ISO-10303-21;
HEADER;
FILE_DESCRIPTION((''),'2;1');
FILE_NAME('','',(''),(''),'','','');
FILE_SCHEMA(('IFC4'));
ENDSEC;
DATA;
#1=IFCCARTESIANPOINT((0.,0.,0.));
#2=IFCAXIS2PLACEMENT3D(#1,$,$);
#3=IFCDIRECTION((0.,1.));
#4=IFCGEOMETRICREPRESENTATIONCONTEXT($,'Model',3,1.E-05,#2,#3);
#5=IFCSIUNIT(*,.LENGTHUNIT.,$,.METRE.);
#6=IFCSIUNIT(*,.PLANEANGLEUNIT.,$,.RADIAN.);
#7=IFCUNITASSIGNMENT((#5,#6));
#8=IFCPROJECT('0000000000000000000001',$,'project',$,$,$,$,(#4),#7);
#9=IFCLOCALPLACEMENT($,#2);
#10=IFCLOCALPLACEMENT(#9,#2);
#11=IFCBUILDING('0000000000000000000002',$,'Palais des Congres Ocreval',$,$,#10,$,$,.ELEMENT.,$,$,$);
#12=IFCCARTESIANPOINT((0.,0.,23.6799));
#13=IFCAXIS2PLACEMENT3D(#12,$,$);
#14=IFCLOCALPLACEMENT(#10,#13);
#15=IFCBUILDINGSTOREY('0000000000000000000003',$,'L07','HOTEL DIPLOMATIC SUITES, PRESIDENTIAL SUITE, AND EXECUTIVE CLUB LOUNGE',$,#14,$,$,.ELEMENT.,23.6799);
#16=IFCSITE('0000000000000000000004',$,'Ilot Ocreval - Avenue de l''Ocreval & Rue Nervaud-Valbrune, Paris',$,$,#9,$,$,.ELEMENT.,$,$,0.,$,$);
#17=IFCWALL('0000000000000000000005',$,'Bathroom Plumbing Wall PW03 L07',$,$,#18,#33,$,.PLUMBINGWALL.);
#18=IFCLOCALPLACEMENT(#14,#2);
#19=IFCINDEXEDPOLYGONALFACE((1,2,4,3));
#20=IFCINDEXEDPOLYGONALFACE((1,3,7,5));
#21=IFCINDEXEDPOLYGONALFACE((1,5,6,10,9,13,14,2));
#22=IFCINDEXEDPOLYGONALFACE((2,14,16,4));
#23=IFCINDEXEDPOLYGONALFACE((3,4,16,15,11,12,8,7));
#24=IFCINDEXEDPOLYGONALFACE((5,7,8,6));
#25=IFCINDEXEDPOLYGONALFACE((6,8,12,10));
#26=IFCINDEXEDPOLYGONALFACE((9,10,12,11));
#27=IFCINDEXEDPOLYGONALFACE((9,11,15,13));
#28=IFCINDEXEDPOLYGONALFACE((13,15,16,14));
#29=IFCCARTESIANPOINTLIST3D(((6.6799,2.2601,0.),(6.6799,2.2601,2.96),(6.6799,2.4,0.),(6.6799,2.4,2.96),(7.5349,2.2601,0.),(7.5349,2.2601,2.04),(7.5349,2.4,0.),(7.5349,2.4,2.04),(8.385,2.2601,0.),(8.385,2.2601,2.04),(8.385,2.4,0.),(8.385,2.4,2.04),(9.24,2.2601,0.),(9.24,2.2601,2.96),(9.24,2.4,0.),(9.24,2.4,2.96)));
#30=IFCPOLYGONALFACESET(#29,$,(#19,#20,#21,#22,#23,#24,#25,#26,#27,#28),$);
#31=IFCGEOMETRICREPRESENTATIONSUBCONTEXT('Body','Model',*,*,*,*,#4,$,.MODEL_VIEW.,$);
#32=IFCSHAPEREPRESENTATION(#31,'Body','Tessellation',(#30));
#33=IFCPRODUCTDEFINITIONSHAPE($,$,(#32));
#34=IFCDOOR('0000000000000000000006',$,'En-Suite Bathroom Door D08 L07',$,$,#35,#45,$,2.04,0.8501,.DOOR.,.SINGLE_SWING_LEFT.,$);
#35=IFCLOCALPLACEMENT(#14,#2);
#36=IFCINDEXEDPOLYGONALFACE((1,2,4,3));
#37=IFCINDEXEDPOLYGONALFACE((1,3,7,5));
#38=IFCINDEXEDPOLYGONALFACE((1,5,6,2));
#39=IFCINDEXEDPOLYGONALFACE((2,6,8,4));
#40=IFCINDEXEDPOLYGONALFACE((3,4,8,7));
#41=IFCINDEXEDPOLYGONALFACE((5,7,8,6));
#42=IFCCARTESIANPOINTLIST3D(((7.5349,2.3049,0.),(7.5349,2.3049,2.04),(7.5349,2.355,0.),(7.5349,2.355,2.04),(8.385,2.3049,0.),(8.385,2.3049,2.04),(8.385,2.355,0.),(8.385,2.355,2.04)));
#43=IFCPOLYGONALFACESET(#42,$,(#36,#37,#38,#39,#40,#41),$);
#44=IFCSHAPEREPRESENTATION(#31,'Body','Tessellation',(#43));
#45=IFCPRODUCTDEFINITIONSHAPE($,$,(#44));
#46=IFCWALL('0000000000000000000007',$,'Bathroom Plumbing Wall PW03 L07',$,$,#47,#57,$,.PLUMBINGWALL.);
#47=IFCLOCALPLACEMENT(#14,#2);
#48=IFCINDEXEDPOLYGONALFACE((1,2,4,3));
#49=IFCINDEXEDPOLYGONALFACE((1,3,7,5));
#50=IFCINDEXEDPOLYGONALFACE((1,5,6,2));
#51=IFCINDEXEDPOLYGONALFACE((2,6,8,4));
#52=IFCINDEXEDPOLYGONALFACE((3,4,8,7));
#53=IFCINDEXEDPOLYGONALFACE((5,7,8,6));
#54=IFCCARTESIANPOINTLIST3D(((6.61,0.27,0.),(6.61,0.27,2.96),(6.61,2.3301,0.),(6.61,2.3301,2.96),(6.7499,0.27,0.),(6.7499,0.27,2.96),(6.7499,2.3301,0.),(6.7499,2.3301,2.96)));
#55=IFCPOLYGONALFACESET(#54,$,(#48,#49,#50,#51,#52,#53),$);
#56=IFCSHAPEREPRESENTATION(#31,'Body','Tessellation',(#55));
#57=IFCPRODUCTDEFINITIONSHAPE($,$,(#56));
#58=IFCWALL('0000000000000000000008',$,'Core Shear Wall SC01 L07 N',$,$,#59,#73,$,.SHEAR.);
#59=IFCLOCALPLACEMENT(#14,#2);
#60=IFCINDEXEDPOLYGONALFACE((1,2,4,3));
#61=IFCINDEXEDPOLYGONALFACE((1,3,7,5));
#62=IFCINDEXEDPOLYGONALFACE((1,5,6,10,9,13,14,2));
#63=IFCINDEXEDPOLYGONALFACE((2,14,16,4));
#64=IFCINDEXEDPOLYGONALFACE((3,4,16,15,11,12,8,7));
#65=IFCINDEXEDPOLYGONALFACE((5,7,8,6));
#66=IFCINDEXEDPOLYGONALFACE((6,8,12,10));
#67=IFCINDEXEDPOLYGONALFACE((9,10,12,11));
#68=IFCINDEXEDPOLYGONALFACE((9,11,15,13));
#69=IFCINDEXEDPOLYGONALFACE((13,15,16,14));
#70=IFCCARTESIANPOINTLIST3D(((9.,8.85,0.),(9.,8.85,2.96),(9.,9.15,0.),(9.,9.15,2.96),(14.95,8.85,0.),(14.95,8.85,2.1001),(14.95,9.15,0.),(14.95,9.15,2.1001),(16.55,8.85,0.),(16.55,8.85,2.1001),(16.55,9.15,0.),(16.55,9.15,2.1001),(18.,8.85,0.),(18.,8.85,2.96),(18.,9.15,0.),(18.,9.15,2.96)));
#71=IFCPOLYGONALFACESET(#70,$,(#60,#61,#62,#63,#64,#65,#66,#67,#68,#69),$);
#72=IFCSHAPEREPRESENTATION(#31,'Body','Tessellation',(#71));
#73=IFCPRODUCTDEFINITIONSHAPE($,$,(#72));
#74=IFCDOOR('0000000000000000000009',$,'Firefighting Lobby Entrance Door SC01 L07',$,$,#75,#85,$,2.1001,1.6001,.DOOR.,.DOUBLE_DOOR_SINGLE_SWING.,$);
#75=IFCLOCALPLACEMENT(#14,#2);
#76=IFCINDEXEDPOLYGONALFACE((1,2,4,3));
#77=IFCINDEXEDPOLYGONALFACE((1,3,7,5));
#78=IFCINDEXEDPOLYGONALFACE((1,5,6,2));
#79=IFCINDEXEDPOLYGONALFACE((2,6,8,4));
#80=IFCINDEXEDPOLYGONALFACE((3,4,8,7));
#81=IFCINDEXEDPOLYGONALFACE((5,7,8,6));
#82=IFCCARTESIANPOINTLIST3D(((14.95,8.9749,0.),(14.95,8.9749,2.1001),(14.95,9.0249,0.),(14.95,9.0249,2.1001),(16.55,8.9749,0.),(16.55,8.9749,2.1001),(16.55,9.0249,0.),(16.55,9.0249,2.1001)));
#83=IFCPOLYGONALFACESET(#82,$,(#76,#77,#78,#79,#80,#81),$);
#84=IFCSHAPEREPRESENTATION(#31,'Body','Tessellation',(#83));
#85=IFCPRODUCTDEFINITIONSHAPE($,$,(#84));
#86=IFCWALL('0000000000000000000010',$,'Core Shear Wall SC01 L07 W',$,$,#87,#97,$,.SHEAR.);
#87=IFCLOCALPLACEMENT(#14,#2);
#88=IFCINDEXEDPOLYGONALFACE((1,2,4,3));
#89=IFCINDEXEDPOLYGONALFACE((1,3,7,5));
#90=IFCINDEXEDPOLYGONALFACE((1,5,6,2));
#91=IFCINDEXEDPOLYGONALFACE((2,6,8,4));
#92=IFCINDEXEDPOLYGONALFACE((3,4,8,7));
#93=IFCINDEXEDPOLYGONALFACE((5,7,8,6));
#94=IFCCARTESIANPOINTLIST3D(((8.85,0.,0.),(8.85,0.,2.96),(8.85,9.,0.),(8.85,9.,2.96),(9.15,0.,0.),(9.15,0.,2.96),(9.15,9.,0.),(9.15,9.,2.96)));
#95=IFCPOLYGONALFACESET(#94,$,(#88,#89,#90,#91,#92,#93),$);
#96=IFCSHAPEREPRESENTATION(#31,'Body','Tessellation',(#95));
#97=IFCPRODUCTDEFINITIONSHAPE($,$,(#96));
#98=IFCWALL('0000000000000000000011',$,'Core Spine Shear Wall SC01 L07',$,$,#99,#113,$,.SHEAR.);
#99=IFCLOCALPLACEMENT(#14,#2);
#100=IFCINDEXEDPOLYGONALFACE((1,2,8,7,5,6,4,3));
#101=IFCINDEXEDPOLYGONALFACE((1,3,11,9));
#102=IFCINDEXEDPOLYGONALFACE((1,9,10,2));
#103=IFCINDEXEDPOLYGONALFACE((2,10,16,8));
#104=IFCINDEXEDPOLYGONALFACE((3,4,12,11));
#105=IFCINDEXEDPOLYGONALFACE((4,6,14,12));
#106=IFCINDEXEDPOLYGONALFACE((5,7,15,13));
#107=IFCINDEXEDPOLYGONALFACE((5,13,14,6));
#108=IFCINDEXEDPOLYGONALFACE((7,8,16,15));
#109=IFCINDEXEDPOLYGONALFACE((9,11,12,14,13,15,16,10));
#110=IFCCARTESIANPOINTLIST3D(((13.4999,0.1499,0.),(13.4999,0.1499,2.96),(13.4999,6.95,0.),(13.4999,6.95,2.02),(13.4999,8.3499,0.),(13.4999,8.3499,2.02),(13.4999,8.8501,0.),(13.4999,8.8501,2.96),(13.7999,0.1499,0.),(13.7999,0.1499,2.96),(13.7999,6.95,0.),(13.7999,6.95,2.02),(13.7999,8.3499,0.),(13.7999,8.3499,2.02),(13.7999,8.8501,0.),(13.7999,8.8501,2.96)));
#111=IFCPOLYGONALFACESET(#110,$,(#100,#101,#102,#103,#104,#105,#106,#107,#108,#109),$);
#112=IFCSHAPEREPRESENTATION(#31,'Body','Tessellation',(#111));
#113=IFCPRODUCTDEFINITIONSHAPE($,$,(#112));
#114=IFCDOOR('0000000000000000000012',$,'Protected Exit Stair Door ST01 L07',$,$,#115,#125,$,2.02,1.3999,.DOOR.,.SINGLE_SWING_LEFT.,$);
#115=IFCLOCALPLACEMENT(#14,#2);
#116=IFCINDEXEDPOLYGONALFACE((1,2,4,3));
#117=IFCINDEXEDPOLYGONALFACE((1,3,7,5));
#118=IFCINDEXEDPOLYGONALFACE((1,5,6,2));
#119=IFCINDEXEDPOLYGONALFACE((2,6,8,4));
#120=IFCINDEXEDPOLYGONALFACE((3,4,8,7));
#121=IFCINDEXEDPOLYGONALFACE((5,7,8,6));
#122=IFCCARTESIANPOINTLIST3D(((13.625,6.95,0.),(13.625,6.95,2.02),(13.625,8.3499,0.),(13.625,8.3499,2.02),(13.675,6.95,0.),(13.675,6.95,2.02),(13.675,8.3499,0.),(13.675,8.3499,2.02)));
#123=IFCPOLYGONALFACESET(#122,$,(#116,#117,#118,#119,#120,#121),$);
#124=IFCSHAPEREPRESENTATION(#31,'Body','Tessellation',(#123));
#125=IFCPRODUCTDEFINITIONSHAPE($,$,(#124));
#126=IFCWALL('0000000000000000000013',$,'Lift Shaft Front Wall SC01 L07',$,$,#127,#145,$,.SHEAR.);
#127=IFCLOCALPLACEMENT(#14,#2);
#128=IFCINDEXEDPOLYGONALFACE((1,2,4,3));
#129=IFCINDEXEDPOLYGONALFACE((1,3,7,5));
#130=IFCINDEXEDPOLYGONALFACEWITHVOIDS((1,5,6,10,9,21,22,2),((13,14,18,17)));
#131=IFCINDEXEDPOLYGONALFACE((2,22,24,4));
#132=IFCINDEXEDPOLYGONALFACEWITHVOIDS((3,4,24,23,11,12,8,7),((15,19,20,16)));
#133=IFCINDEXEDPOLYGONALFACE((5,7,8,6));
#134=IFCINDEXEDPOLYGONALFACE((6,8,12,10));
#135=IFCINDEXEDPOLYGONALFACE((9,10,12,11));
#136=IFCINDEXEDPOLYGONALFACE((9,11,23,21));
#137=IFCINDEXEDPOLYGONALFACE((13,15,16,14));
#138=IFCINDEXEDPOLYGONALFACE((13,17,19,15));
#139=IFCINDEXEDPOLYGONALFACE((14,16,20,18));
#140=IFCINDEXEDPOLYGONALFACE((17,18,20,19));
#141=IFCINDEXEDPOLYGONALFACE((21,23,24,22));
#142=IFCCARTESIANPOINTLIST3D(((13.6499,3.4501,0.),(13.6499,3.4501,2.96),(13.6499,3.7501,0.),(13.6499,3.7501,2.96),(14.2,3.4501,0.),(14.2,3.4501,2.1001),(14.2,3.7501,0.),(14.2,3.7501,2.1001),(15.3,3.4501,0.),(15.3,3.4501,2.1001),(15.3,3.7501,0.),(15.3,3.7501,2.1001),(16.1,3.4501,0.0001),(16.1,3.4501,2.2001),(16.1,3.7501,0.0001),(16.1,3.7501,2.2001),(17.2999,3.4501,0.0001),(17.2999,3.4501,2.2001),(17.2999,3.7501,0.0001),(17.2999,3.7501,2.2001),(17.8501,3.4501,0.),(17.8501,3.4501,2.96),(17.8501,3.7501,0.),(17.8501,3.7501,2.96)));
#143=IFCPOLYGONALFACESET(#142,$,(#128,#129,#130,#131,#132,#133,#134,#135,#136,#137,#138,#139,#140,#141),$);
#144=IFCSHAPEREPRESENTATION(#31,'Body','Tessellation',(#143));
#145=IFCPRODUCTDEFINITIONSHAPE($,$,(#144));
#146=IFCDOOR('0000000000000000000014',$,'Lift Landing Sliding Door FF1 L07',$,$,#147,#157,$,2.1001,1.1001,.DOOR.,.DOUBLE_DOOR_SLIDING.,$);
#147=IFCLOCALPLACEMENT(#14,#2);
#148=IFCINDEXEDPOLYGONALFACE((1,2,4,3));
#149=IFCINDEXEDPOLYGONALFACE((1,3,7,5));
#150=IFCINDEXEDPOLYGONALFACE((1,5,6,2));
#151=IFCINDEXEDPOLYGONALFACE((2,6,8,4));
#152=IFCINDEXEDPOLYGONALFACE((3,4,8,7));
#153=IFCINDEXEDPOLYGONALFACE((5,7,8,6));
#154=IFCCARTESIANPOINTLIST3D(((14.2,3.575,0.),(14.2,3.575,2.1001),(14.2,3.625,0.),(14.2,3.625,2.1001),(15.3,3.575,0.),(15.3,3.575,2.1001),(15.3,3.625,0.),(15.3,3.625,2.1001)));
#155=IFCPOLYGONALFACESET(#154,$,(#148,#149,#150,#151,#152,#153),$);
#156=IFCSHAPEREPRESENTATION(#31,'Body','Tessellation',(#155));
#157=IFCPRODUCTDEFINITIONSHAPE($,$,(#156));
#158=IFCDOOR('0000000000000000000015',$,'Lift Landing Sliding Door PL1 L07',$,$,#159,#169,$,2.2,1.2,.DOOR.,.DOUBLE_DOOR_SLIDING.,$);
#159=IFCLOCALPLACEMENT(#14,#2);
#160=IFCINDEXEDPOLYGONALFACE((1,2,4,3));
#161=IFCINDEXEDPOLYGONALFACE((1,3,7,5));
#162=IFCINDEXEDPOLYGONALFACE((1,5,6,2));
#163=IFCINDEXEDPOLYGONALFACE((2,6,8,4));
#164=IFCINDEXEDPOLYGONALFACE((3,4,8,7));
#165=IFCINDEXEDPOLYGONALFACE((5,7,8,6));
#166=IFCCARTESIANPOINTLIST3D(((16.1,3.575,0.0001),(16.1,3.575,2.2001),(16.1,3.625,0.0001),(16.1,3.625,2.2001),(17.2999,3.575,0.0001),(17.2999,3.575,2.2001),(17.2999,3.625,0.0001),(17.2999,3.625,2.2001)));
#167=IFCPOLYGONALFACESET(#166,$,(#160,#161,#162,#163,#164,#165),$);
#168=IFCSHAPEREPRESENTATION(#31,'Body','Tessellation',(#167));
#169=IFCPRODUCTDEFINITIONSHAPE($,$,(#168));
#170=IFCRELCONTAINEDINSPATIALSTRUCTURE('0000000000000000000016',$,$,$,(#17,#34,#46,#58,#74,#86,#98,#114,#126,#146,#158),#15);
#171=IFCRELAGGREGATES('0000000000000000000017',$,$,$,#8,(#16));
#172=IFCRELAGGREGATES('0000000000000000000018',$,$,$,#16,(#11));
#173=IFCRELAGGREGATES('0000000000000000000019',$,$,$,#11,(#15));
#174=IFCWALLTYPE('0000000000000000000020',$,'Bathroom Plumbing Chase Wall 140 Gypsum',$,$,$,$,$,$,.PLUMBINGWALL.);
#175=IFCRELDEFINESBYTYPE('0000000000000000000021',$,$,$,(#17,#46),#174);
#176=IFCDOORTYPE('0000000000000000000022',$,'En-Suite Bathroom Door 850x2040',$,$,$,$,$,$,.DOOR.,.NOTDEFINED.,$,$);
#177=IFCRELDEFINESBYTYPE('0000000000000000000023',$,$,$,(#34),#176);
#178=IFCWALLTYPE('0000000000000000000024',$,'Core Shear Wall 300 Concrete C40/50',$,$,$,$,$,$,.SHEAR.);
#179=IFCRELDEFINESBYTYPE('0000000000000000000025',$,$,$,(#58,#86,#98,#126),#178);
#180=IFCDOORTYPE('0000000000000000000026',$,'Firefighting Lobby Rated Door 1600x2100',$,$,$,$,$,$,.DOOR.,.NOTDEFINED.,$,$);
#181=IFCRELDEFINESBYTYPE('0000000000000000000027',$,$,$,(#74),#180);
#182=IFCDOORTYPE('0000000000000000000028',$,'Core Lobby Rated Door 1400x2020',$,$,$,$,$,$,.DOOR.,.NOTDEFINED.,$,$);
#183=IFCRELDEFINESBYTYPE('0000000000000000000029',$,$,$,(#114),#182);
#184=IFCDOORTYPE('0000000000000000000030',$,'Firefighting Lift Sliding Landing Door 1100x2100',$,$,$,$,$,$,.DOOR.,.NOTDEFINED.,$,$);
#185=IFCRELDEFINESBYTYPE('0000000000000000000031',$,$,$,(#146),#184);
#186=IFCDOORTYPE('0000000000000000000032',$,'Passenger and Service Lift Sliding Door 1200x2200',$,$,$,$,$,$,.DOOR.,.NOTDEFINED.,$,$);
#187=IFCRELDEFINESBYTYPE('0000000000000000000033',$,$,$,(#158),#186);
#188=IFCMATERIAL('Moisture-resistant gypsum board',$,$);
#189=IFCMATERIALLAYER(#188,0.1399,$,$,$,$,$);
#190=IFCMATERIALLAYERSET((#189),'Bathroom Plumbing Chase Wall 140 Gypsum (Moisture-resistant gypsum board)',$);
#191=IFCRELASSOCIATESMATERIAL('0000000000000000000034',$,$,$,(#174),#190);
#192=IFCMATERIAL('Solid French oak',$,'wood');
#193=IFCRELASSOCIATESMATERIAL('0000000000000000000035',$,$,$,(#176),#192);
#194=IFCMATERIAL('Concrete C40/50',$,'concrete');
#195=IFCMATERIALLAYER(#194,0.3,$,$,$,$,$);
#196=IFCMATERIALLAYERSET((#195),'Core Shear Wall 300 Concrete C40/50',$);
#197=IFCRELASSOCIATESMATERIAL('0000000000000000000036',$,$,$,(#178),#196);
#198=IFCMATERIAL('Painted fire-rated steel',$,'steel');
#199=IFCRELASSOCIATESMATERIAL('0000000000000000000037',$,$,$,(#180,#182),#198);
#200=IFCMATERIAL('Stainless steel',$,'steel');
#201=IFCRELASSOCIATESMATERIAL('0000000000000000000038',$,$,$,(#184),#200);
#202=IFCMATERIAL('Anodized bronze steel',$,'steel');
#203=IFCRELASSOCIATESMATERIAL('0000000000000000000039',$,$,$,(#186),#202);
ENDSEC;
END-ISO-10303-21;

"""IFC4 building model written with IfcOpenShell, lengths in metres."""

from ifc_helpers import new_model, si_unit, direction, frame, frame_2d, origin, place, context, subcontext, project, spatial, rectangle, extrude, material, layer, layer_set, type_object, element, fill, save


model = new_model("IFC4")

# Units and contexts
model_context = context("Model", 3, precision=1e-05, world=origin(), true_north=direction((0.0, 1.0)))
body_context = subcontext(model_context, "Body", "Model", "MODEL_VIEW")
ifc_project = project(units=[si_unit("LENGTHUNIT", "METRE"), si_unit("PLANEANGLEUNIT", "RADIAN")], contexts=[model_context])

# Site, building, storey
site_placement = place(None, origin())
site = spatial("IfcSite", under=ifc_project, at=site_placement, Name="Ilot Ocreval - Avenue de l'Ocreval & Rue Nervaud-Valbrune, Paris", CompositionType="ELEMENT", RefElevation=0.0)
building_placement = place(site_placement, origin())
building = spatial("IfcBuilding", under=site, at=building_placement, Name="Palais des Congres Ocreval", CompositionType="ELEMENT")
storey_placement = place(building_placement, frame((0.0, 0.0, 23.6799)))
storey = spatial("IfcBuildingStorey", under=building, at=storey_placement, Name="L07", Description="HOTEL DIPLOMATIC SUITES, PRESIDENTIAL SUITE, AND EXECUTIVE CLUB LOUNGE", CompositionType="ELEMENT", Elevation=23.6799)

# Wall, opening, door
ifc_material_1 = material(Name="Moisture-resistant gypsum board")
ifc_layer_1 = layer(ifc_material_1, 0.1399)
ifc_layer_set_1 = layer_set([ifc_layer_1], Name="Bathroom Plumbing Chase Wall 140 Gypsum (Moisture-resistant gypsum board)")
wall_type_1 = type_object("IfcWallType", Name="Bathroom Plumbing Chase Wall 140 Gypsum", PredefinedType="PLUMBINGWALL", material=ifc_layer_set_1)
wall_1_placement = place(storey_placement, frame((6.6799, 2.3301, 0.0), z_axis=(0.0, 0.0, 1.0), x_axis=(1.0, 0.0, 0.0)))
wall_1 = element("IfcWall", 1, at=wall_1_placement, inside=storey, type_object=wall_type_1, Name="Bathroom Plumbing Wall PW03 L07", PredefinedType="PLUMBINGWALL", context=body_context, shape_type="SweptSolid", body=[
    extrude(rectangle(XDim=2.5601, YDim=0.1399, at=frame_2d((1.28, 0.0))), origin(), (0.0, 0.0, 1.0), 2.96),
])
opening_1_placement = place(wall_1_placement, frame((0.855, 0.0, 0.0)))
opening_1 = element("IfcOpeningElement", 2, at=opening_1_placement, cuts=wall_1, PredefinedType="OPENING", context=body_context, shape_type="SweptSolid", body=[
    extrude(rectangle(XDim=0.8501, YDim=2.04, at=frame_2d((0.425, 1.02))), frame((0.0, 0.0798, 0.0), z_axis=(0.0, -1.0, 0.0), x_axis=(1.0, 0.0, 0.0)), (0.0, 0.0, 1.0), 0.1599),
])
ifc_material_2 = material(Name="Solid French oak", Category="wood")
door_type_1 = type_object("IfcDoorType", Name="En-Suite Bathroom Door 850x2040", OperationType="NOTDEFINED", PredefinedType="DOOR", material=ifc_material_2)
door_1_placement = place(opening_1_placement, origin())
door_1 = element("IfcDoor", 3, at=door_1_placement, inside=storey, type_object=door_type_1, Name="En-Suite Bathroom Door D08 L07", OperationType="SINGLE_SWING_LEFT", OverallHeight=2.04, OverallWidth=0.8501, PredefinedType="DOOR", context=body_context, shape_type="SweptSolid", body=[
    extrude(rectangle(XDim=0.8501, YDim=2.04, at=frame_2d((0.425, 1.02))), frame((0.0, 0.0249, 0.0), z_axis=(0.0, -1.0, 0.0), x_axis=(1.0, 0.0, 0.0)), (0.0, 0.0, 1.0), 0.05),
])
fill(opening_1, door_1)

# Wall
wall_2_placement = place(storey_placement, frame((6.6799, 0.27, 0.0), z_axis=(0.0, 0.0, 1.0), x_axis=(0.0, 1.0, 0.0)))
element("IfcWall", 4, at=wall_2_placement, inside=storey, type_object=wall_type_1, Name="Bathroom Plumbing Wall PW03 L07", PredefinedType="PLUMBINGWALL", context=body_context, shape_type="SweptSolid", body=[
    extrude(rectangle(XDim=2.0601, YDim=0.1399, at=frame_2d((1.03, 0.0))), origin(), (0.0, 0.0, 1.0), 2.96),
])

# Wall, opening, door
ifc_material_3 = material(Name="Concrete C40/50", Category="concrete")
ifc_layer_2 = layer(ifc_material_3, 0.3)
ifc_layer_set_2 = layer_set([ifc_layer_2], Name="Core Shear Wall 300 Concrete C40/50")
wall_type_2 = type_object("IfcWallType", Name="Core Shear Wall 300 Concrete C40/50", PredefinedType="SHEAR", material=ifc_layer_set_2)
wall_3_placement = place(storey_placement, frame((9.0, 9.0, 0.0), z_axis=(0.0, 0.0, 1.0), x_axis=(1.0, 0.0, 0.0)))
wall_3 = element("IfcWall", 5, at=wall_3_placement, inside=storey, type_object=wall_type_2, Name="Core Shear Wall SC01 L07 N", PredefinedType="SHEAR", context=body_context, shape_type="SweptSolid", body=[
    extrude(rectangle(XDim=9.0, YDim=0.3, at=frame_2d((4.5, 0.0))), origin(), (0.0, 0.0, 1.0), 2.96),
])
opening_2_placement = place(wall_3_placement, frame((5.95, 0.0, 0.0)))
opening_2 = element("IfcOpeningElement", 6, at=opening_2_placement, cuts=wall_3, PredefinedType="OPENING", context=body_context, shape_type="SweptSolid", body=[
    extrude(rectangle(XDim=1.6001, YDim=2.1001, at=frame_2d((0.8, 1.05))), frame((0.0, 0.1599, 0.0), z_axis=(0.0, -1.0, 0.0), x_axis=(1.0, 0.0, 0.0)), (0.0, 0.0, 1.0), 0.3201),
])
ifc_material_4 = material(Name="Painted fire-rated steel", Category="steel")
door_type_2 = type_object("IfcDoorType", Name="Firefighting Lobby Rated Door 1600x2100", OperationType="NOTDEFINED", PredefinedType="DOOR", material=ifc_material_4)
door_2_placement = place(opening_2_placement, origin())
door_2 = element("IfcDoor", 7, at=door_2_placement, inside=storey, type_object=door_type_2, Name="Firefighting Lobby Entrance Door SC01 L07", OperationType="DOUBLE_DOOR_SINGLE_SWING", OverallHeight=2.1001, OverallWidth=1.6001, PredefinedType="DOOR", context=body_context, shape_type="SweptSolid", body=[
    extrude(rectangle(XDim=1.6001, YDim=2.1001, at=frame_2d((0.8, 1.05))), frame((0.0, 0.0249, 0.0), z_axis=(0.0, -1.0, 0.0), x_axis=(1.0, 0.0, 0.0)), (0.0, 0.0, 1.0), 0.05),
])
fill(opening_2, door_2)

# Wall
wall_4_placement = place(storey_placement, frame((9.0, 0.0, 0.0), z_axis=(0.0, 0.0, 1.0), x_axis=(0.0, 1.0, 0.0)))
element("IfcWall", 8, at=wall_4_placement, inside=storey, type_object=wall_type_2, Name="Core Shear Wall SC01 L07 W", PredefinedType="SHEAR", context=body_context, shape_type="SweptSolid", body=[
    extrude(rectangle(XDim=9.0, YDim=0.3, at=frame_2d((4.5, 0.0))), origin(), (0.0, 0.0, 1.0), 2.96),
])

# Wall, opening, door
wall_5_placement = place(storey_placement, frame((13.6499, 0.1499, 0.0), z_axis=(0.0, 0.0, 1.0), x_axis=(0.0, 1.0, 0.0)))
wall_5 = element("IfcWall", 9, at=wall_5_placement, inside=storey, type_object=wall_type_2, Name="Core Spine Shear Wall SC01 L07", PredefinedType="SHEAR", context=body_context, shape_type="SweptSolid", body=[
    extrude(rectangle(XDim=8.7002, YDim=0.3, at=frame_2d((4.3501, 0.0))), origin(), (0.0, 0.0, 1.0), 2.96),
])
opening_3_placement = place(wall_5_placement, frame((6.8, 0.0, 0.0)))
opening_3 = element("IfcOpeningElement", 10, at=opening_3_placement, cuts=wall_5, PredefinedType="OPENING", context=body_context, shape_type="SweptSolid", body=[
    extrude(rectangle(XDim=1.3999, YDim=2.02, at=frame_2d((0.7, 1.01))), frame((0.0, 0.1599, 0.0), z_axis=(0.0, -1.0, 0.0), x_axis=(1.0, 0.0, 0.0)), (0.0, 0.0, 1.0), 0.3201),
])
door_type_3 = type_object("IfcDoorType", Name="Core Lobby Rated Door 1400x2020", OperationType="NOTDEFINED", PredefinedType="DOOR", material=ifc_material_4)
door_3_placement = place(opening_3_placement, origin())
door_3 = element("IfcDoor", 11, at=door_3_placement, inside=storey, type_object=door_type_3, Name="Protected Exit Stair Door ST01 L07", OperationType="SINGLE_SWING_LEFT", OverallHeight=2.02, OverallWidth=1.3999, PredefinedType="DOOR", context=body_context, shape_type="SweptSolid", body=[
    extrude(rectangle(XDim=1.3999, YDim=2.02, at=frame_2d((0.7, 1.01))), frame((0.0, 0.0249, 0.0), z_axis=(0.0, -1.0, 0.0), x_axis=(1.0, 0.0, 0.0)), (0.0, 0.0, 1.0), 0.05),
])
fill(opening_3, door_3)

# Wall, openings, doors
wall_6_placement = place(storey_placement, frame((13.6499, 3.6001, 0.0), z_axis=(0.0, 0.0, 1.0), x_axis=(1.0, 0.0, 0.0)))
wall_6 = element("IfcWall", 12, at=wall_6_placement, inside=storey, type_object=wall_type_2, Name="Lift Shaft Front Wall SC01 L07", PredefinedType="SHEAR", context=body_context, shape_type="SweptSolid", body=[
    extrude(rectangle(XDim=4.2002, YDim=0.3, at=frame_2d((2.1001, 0.0))), origin(), (0.0, 0.0, 1.0), 2.96),
])
opening_4_placement = place(wall_6_placement, frame((0.55, 0.0, 0.0)))
opening_4 = element("IfcOpeningElement", 13, at=opening_4_placement, cuts=wall_6, PredefinedType="OPENING", context=body_context, shape_type="SweptSolid", body=[
    extrude(rectangle(XDim=1.1001, YDim=2.1001, at=frame_2d((0.55, 1.05))), frame((0.0, 0.1599, 0.0), z_axis=(0.0, -1.0, 0.0), x_axis=(1.0, 0.0, 0.0)), (0.0, 0.0, 1.0), 0.3201),
])
opening_5_placement = place(wall_6_placement, frame((2.45, 0.0, 0.0)))
opening_5 = element("IfcOpeningElement", 14, at=opening_5_placement, cuts=wall_6, PredefinedType="OPENING", context=body_context, shape_type="SweptSolid", body=[
    extrude(rectangle(XDim=1.2, YDim=2.2, at=frame_2d((0.6001, 1.1001))), frame((0.0, 0.1599, 0.0), z_axis=(0.0, -1.0, 0.0), x_axis=(1.0, 0.0, 0.0)), (0.0, 0.0, 1.0), 0.3201),
])
ifc_material_5 = material(Name="Stainless steel", Category="steel")
door_type_4 = type_object("IfcDoorType", Name="Firefighting Lift Sliding Landing Door 1100x2100", OperationType="NOTDEFINED", PredefinedType="DOOR", material=ifc_material_5)
door_4_placement = place(opening_4_placement, origin())
door_4 = element("IfcDoor", 15, at=door_4_placement, inside=storey, type_object=door_type_4, Name="Lift Landing Sliding Door FF1 L07", OperationType="DOUBLE_DOOR_SLIDING", OverallHeight=2.1001, OverallWidth=1.1001, PredefinedType="DOOR", context=body_context, shape_type="SweptSolid", body=[
    extrude(rectangle(XDim=1.1001, YDim=2.1001, at=frame_2d((0.55, 1.05))), frame((0.0, 0.0249, 0.0), z_axis=(0.0, -1.0, 0.0), x_axis=(1.0, 0.0, 0.0)), (0.0, 0.0, 1.0), 0.05),
])
fill(opening_4, door_4)
ifc_material_6 = material(Name="Anodized bronze steel", Category="steel")
door_type_5 = type_object("IfcDoorType", Name="Passenger and Service Lift Sliding Door 1200x2200", OperationType="NOTDEFINED", PredefinedType="DOOR", material=ifc_material_6)
door_5_placement = place(opening_5_placement, origin())
door_5 = element("IfcDoor", 16, at=door_5_placement, inside=storey, type_object=door_type_5, Name="Lift Landing Sliding Door PL1 L07", OperationType="DOUBLE_DOOR_SLIDING", OverallHeight=2.2, OverallWidth=1.2, PredefinedType="DOOR", context=body_context, shape_type="SweptSolid", body=[
    extrude(rectangle(XDim=1.2, YDim=2.2, at=frame_2d((0.6001, 1.1001))), frame((0.0, 0.0249, 0.0), z_axis=(0.0, -1.0, 0.0), x_axis=(1.0, 0.0, 0.0)), (0.0, 0.0, 1.0), 0.05),
])
fill(opening_5, door_5)

save(model, "model.ifc")
